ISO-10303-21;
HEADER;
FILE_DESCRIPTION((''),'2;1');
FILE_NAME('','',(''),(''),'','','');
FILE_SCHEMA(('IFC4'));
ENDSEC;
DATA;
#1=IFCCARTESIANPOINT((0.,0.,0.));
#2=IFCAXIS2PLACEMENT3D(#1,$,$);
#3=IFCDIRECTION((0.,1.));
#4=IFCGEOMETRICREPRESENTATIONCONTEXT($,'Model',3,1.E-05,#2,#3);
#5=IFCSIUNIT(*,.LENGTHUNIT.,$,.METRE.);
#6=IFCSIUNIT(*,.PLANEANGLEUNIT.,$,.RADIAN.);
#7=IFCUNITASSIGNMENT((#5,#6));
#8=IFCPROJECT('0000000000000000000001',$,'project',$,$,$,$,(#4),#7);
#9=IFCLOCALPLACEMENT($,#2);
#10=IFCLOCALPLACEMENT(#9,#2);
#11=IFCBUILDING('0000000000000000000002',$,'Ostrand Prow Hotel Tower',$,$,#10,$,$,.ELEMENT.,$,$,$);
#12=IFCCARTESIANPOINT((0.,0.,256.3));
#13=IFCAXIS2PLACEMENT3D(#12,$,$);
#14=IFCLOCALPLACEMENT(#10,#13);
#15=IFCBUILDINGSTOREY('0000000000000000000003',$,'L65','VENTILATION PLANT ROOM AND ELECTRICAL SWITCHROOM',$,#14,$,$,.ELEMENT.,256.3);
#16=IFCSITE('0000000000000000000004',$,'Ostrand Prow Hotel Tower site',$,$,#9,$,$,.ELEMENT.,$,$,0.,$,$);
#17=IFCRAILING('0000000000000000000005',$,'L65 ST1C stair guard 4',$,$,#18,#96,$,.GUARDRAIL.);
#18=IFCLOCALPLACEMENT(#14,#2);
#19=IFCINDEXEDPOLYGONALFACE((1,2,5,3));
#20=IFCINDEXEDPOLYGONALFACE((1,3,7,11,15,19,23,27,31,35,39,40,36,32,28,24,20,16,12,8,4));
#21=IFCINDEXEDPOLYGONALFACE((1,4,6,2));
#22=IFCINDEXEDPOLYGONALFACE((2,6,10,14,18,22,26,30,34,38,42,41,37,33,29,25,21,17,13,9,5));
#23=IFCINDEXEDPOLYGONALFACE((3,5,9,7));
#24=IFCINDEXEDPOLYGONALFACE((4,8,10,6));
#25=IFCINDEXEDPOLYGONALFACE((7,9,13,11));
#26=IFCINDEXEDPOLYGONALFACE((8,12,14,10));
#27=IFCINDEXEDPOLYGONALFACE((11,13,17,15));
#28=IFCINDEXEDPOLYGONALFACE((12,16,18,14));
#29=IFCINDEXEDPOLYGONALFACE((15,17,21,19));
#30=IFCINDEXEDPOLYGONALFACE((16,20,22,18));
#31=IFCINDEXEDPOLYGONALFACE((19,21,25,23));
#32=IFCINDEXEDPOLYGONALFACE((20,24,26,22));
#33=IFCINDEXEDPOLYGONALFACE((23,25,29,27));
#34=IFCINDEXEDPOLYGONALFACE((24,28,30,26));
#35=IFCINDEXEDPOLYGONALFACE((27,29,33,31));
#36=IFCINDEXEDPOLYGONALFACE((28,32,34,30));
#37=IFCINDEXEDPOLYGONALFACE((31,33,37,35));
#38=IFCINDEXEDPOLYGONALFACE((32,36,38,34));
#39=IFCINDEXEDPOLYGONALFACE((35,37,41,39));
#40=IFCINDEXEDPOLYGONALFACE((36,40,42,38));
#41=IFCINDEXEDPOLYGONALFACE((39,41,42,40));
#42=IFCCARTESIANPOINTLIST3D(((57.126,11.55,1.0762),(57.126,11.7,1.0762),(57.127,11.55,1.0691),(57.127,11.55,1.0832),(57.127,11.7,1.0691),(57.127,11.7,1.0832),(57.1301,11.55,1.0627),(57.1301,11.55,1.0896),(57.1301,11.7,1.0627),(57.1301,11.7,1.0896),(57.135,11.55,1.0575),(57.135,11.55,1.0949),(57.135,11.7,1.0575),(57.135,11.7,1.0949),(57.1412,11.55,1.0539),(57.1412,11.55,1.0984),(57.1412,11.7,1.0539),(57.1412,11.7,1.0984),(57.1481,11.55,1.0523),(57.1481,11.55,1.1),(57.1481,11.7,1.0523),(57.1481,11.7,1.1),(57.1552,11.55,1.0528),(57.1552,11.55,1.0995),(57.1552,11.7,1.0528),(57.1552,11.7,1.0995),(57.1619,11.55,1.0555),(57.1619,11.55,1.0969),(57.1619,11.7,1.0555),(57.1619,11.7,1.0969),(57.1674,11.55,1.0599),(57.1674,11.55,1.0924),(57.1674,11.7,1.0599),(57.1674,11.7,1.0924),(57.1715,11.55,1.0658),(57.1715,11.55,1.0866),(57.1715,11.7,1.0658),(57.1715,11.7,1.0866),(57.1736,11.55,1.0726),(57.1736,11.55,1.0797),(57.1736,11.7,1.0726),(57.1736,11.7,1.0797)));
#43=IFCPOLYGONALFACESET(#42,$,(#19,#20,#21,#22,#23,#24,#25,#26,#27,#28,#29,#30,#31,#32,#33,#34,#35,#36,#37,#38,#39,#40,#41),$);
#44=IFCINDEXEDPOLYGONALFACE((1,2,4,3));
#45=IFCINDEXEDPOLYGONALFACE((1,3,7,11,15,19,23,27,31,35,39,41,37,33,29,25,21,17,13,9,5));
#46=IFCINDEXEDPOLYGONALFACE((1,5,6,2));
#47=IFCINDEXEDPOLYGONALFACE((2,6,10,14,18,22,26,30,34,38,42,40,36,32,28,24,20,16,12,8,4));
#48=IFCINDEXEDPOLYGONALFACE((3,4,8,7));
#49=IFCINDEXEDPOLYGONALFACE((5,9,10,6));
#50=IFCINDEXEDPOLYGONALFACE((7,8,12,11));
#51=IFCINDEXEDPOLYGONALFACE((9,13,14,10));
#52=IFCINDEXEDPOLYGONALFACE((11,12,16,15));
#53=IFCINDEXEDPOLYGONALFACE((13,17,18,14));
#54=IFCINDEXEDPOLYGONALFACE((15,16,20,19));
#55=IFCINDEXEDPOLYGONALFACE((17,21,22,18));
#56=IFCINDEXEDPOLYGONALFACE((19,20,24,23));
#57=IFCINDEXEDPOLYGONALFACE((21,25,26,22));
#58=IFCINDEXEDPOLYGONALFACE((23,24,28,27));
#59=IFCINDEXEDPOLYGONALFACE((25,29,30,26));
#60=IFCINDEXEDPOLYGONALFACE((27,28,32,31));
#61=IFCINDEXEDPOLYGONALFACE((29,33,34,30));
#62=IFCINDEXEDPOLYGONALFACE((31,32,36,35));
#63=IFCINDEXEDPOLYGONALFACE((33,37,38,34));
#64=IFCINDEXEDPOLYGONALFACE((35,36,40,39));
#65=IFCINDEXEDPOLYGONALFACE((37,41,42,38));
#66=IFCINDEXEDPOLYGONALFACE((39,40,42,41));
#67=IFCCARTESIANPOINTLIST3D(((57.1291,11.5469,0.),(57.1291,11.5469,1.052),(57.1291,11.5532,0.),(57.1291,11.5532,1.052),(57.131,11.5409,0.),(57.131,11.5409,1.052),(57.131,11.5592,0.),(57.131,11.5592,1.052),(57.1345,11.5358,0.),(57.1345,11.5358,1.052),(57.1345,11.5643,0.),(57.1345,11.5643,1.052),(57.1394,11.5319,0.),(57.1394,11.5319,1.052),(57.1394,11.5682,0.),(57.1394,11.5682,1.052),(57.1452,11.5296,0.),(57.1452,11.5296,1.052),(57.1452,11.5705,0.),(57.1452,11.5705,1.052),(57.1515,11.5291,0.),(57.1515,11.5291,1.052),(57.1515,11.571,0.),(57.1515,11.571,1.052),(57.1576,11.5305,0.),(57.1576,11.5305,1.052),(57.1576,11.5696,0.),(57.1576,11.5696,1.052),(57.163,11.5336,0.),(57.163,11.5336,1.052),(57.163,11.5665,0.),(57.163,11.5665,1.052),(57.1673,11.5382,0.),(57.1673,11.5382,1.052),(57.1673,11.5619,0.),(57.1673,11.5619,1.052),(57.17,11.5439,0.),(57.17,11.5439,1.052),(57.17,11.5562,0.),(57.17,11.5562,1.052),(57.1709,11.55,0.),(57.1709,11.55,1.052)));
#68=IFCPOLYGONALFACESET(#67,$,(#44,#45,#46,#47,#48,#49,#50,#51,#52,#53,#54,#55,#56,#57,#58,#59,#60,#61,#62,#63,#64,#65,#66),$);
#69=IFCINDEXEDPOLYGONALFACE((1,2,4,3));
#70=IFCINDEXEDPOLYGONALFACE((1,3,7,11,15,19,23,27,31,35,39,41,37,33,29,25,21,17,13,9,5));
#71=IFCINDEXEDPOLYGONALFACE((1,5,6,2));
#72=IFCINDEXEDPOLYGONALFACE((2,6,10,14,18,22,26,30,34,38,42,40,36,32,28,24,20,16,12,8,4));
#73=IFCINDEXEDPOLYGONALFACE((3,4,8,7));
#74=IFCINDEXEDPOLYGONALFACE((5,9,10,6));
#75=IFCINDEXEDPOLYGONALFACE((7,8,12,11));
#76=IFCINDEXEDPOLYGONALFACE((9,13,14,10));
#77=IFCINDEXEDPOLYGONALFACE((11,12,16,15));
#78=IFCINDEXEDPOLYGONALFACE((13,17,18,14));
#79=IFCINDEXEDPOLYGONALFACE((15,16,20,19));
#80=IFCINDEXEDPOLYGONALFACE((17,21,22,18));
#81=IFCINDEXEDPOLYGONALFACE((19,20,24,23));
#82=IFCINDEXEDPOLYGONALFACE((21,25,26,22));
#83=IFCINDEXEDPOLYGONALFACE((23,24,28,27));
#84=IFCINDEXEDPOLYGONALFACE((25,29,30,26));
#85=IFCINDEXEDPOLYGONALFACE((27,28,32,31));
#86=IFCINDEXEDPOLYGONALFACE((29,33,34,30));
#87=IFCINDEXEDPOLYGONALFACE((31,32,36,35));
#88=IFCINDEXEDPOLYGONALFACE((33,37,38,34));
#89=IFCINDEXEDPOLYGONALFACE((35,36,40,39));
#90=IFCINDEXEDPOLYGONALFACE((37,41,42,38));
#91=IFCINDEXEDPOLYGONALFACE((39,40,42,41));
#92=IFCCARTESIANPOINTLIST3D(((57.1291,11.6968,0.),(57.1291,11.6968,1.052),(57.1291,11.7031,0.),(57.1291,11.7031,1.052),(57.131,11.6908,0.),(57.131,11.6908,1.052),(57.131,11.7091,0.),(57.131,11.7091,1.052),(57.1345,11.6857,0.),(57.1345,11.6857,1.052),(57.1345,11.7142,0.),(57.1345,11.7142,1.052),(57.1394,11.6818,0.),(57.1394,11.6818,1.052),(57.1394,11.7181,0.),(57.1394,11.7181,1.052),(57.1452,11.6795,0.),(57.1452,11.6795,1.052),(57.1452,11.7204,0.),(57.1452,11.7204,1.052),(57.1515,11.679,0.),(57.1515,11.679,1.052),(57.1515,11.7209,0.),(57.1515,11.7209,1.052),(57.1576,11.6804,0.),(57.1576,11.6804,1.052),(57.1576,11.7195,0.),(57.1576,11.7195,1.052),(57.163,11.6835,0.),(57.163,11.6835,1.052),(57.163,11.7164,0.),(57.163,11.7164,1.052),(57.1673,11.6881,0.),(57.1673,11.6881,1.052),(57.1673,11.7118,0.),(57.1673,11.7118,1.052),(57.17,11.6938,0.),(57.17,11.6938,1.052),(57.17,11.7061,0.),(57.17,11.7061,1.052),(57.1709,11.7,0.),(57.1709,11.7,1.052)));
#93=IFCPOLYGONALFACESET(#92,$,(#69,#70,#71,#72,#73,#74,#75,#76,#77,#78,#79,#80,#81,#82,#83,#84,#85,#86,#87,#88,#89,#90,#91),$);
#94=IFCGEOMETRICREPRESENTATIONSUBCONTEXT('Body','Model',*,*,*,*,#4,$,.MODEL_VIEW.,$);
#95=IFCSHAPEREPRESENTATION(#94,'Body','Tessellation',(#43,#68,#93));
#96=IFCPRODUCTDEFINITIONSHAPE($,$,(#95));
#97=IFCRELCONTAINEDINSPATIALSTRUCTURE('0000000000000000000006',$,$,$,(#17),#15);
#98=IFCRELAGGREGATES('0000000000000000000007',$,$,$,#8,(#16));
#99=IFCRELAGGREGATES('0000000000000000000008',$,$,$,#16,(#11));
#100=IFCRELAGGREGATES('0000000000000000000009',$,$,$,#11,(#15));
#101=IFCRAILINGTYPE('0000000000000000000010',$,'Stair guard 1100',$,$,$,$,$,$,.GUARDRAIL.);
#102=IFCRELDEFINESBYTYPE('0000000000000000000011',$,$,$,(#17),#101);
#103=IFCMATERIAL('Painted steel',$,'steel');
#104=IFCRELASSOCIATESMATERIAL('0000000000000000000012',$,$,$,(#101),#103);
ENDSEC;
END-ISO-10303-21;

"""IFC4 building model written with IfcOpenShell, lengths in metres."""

from ifc_helpers import new_model, si_unit, direction, frame, origin, origin_2d, place, context, subcontext, project, spatial, circle, extrude, material, type_object, element, save


model = new_model("IFC4")

# Units and contexts
model_context = context("Model", 3, precision=1e-05, world=origin(), true_north=direction((0.0, 1.0)))
body_context = subcontext(model_context, "Body", "Model", "MODEL_VIEW")
ifc_project = project(units=[si_unit("LENGTHUNIT", "METRE"), si_unit("PLANEANGLEUNIT", "RADIAN")], contexts=[model_context])

# Site, building, storey
site_placement = place(None, origin())
site = spatial("IfcSite", under=ifc_project, at=site_placement, Name="Ostrand Prow Hotel Tower site", CompositionType="ELEMENT", RefElevation=0.0)
building_placement = place(site_placement, origin())
building = spatial("IfcBuilding", under=site, at=building_placement, Name="Ostrand Prow Hotel Tower", CompositionType="ELEMENT")
storey_placement = place(building_placement, frame((0.0, 0.0, 256.3)))
storey = spatial("IfcBuildingStorey", under=building, at=storey_placement, Name="L65", Description="VENTILATION PLANT ROOM AND ELECTRICAL SWITCHROOM", CompositionType="ELEMENT", Elevation=256.3)

# Railing
ifc_material_1 = material(Name="Painted steel", Category="steel")
railing_type_1 = type_object("IfcRailingType", Name="Stair guard 1100", PredefinedType="GUARDRAIL", material=ifc_material_1)
railing_1_placement = place(storey_placement, frame((57.1499, 11.55, 0.0)))
element("IfcRailing", 1, at=railing_1_placement, inside=storey, type_object=railing_type_1, Name="L65 ST1C stair guard 4", PredefinedType="GUARDRAIL", context=body_context, shape_type="SweptSolid", body=[
    extrude(circle(Radius=0.0239, at=origin_2d()), frame((0.0, 0.0, 1.0762), z_axis=(0.0, 1.0, 0.0), x_axis=(-1.0, 0.0, 0.0)), (0.0, 0.0, 1.0), 0.1499),
    extrude(circle(Radius=0.021, at=origin_2d()), origin(), (0.0, 0.0, 1.0), 1.052),
    extrude(circle(Radius=0.021, at=origin_2d()), frame((0.0, 0.1499, 0.0)), (0.0, 0.0, 1.0), 1.052),
])

save(model, "model.ifc")
